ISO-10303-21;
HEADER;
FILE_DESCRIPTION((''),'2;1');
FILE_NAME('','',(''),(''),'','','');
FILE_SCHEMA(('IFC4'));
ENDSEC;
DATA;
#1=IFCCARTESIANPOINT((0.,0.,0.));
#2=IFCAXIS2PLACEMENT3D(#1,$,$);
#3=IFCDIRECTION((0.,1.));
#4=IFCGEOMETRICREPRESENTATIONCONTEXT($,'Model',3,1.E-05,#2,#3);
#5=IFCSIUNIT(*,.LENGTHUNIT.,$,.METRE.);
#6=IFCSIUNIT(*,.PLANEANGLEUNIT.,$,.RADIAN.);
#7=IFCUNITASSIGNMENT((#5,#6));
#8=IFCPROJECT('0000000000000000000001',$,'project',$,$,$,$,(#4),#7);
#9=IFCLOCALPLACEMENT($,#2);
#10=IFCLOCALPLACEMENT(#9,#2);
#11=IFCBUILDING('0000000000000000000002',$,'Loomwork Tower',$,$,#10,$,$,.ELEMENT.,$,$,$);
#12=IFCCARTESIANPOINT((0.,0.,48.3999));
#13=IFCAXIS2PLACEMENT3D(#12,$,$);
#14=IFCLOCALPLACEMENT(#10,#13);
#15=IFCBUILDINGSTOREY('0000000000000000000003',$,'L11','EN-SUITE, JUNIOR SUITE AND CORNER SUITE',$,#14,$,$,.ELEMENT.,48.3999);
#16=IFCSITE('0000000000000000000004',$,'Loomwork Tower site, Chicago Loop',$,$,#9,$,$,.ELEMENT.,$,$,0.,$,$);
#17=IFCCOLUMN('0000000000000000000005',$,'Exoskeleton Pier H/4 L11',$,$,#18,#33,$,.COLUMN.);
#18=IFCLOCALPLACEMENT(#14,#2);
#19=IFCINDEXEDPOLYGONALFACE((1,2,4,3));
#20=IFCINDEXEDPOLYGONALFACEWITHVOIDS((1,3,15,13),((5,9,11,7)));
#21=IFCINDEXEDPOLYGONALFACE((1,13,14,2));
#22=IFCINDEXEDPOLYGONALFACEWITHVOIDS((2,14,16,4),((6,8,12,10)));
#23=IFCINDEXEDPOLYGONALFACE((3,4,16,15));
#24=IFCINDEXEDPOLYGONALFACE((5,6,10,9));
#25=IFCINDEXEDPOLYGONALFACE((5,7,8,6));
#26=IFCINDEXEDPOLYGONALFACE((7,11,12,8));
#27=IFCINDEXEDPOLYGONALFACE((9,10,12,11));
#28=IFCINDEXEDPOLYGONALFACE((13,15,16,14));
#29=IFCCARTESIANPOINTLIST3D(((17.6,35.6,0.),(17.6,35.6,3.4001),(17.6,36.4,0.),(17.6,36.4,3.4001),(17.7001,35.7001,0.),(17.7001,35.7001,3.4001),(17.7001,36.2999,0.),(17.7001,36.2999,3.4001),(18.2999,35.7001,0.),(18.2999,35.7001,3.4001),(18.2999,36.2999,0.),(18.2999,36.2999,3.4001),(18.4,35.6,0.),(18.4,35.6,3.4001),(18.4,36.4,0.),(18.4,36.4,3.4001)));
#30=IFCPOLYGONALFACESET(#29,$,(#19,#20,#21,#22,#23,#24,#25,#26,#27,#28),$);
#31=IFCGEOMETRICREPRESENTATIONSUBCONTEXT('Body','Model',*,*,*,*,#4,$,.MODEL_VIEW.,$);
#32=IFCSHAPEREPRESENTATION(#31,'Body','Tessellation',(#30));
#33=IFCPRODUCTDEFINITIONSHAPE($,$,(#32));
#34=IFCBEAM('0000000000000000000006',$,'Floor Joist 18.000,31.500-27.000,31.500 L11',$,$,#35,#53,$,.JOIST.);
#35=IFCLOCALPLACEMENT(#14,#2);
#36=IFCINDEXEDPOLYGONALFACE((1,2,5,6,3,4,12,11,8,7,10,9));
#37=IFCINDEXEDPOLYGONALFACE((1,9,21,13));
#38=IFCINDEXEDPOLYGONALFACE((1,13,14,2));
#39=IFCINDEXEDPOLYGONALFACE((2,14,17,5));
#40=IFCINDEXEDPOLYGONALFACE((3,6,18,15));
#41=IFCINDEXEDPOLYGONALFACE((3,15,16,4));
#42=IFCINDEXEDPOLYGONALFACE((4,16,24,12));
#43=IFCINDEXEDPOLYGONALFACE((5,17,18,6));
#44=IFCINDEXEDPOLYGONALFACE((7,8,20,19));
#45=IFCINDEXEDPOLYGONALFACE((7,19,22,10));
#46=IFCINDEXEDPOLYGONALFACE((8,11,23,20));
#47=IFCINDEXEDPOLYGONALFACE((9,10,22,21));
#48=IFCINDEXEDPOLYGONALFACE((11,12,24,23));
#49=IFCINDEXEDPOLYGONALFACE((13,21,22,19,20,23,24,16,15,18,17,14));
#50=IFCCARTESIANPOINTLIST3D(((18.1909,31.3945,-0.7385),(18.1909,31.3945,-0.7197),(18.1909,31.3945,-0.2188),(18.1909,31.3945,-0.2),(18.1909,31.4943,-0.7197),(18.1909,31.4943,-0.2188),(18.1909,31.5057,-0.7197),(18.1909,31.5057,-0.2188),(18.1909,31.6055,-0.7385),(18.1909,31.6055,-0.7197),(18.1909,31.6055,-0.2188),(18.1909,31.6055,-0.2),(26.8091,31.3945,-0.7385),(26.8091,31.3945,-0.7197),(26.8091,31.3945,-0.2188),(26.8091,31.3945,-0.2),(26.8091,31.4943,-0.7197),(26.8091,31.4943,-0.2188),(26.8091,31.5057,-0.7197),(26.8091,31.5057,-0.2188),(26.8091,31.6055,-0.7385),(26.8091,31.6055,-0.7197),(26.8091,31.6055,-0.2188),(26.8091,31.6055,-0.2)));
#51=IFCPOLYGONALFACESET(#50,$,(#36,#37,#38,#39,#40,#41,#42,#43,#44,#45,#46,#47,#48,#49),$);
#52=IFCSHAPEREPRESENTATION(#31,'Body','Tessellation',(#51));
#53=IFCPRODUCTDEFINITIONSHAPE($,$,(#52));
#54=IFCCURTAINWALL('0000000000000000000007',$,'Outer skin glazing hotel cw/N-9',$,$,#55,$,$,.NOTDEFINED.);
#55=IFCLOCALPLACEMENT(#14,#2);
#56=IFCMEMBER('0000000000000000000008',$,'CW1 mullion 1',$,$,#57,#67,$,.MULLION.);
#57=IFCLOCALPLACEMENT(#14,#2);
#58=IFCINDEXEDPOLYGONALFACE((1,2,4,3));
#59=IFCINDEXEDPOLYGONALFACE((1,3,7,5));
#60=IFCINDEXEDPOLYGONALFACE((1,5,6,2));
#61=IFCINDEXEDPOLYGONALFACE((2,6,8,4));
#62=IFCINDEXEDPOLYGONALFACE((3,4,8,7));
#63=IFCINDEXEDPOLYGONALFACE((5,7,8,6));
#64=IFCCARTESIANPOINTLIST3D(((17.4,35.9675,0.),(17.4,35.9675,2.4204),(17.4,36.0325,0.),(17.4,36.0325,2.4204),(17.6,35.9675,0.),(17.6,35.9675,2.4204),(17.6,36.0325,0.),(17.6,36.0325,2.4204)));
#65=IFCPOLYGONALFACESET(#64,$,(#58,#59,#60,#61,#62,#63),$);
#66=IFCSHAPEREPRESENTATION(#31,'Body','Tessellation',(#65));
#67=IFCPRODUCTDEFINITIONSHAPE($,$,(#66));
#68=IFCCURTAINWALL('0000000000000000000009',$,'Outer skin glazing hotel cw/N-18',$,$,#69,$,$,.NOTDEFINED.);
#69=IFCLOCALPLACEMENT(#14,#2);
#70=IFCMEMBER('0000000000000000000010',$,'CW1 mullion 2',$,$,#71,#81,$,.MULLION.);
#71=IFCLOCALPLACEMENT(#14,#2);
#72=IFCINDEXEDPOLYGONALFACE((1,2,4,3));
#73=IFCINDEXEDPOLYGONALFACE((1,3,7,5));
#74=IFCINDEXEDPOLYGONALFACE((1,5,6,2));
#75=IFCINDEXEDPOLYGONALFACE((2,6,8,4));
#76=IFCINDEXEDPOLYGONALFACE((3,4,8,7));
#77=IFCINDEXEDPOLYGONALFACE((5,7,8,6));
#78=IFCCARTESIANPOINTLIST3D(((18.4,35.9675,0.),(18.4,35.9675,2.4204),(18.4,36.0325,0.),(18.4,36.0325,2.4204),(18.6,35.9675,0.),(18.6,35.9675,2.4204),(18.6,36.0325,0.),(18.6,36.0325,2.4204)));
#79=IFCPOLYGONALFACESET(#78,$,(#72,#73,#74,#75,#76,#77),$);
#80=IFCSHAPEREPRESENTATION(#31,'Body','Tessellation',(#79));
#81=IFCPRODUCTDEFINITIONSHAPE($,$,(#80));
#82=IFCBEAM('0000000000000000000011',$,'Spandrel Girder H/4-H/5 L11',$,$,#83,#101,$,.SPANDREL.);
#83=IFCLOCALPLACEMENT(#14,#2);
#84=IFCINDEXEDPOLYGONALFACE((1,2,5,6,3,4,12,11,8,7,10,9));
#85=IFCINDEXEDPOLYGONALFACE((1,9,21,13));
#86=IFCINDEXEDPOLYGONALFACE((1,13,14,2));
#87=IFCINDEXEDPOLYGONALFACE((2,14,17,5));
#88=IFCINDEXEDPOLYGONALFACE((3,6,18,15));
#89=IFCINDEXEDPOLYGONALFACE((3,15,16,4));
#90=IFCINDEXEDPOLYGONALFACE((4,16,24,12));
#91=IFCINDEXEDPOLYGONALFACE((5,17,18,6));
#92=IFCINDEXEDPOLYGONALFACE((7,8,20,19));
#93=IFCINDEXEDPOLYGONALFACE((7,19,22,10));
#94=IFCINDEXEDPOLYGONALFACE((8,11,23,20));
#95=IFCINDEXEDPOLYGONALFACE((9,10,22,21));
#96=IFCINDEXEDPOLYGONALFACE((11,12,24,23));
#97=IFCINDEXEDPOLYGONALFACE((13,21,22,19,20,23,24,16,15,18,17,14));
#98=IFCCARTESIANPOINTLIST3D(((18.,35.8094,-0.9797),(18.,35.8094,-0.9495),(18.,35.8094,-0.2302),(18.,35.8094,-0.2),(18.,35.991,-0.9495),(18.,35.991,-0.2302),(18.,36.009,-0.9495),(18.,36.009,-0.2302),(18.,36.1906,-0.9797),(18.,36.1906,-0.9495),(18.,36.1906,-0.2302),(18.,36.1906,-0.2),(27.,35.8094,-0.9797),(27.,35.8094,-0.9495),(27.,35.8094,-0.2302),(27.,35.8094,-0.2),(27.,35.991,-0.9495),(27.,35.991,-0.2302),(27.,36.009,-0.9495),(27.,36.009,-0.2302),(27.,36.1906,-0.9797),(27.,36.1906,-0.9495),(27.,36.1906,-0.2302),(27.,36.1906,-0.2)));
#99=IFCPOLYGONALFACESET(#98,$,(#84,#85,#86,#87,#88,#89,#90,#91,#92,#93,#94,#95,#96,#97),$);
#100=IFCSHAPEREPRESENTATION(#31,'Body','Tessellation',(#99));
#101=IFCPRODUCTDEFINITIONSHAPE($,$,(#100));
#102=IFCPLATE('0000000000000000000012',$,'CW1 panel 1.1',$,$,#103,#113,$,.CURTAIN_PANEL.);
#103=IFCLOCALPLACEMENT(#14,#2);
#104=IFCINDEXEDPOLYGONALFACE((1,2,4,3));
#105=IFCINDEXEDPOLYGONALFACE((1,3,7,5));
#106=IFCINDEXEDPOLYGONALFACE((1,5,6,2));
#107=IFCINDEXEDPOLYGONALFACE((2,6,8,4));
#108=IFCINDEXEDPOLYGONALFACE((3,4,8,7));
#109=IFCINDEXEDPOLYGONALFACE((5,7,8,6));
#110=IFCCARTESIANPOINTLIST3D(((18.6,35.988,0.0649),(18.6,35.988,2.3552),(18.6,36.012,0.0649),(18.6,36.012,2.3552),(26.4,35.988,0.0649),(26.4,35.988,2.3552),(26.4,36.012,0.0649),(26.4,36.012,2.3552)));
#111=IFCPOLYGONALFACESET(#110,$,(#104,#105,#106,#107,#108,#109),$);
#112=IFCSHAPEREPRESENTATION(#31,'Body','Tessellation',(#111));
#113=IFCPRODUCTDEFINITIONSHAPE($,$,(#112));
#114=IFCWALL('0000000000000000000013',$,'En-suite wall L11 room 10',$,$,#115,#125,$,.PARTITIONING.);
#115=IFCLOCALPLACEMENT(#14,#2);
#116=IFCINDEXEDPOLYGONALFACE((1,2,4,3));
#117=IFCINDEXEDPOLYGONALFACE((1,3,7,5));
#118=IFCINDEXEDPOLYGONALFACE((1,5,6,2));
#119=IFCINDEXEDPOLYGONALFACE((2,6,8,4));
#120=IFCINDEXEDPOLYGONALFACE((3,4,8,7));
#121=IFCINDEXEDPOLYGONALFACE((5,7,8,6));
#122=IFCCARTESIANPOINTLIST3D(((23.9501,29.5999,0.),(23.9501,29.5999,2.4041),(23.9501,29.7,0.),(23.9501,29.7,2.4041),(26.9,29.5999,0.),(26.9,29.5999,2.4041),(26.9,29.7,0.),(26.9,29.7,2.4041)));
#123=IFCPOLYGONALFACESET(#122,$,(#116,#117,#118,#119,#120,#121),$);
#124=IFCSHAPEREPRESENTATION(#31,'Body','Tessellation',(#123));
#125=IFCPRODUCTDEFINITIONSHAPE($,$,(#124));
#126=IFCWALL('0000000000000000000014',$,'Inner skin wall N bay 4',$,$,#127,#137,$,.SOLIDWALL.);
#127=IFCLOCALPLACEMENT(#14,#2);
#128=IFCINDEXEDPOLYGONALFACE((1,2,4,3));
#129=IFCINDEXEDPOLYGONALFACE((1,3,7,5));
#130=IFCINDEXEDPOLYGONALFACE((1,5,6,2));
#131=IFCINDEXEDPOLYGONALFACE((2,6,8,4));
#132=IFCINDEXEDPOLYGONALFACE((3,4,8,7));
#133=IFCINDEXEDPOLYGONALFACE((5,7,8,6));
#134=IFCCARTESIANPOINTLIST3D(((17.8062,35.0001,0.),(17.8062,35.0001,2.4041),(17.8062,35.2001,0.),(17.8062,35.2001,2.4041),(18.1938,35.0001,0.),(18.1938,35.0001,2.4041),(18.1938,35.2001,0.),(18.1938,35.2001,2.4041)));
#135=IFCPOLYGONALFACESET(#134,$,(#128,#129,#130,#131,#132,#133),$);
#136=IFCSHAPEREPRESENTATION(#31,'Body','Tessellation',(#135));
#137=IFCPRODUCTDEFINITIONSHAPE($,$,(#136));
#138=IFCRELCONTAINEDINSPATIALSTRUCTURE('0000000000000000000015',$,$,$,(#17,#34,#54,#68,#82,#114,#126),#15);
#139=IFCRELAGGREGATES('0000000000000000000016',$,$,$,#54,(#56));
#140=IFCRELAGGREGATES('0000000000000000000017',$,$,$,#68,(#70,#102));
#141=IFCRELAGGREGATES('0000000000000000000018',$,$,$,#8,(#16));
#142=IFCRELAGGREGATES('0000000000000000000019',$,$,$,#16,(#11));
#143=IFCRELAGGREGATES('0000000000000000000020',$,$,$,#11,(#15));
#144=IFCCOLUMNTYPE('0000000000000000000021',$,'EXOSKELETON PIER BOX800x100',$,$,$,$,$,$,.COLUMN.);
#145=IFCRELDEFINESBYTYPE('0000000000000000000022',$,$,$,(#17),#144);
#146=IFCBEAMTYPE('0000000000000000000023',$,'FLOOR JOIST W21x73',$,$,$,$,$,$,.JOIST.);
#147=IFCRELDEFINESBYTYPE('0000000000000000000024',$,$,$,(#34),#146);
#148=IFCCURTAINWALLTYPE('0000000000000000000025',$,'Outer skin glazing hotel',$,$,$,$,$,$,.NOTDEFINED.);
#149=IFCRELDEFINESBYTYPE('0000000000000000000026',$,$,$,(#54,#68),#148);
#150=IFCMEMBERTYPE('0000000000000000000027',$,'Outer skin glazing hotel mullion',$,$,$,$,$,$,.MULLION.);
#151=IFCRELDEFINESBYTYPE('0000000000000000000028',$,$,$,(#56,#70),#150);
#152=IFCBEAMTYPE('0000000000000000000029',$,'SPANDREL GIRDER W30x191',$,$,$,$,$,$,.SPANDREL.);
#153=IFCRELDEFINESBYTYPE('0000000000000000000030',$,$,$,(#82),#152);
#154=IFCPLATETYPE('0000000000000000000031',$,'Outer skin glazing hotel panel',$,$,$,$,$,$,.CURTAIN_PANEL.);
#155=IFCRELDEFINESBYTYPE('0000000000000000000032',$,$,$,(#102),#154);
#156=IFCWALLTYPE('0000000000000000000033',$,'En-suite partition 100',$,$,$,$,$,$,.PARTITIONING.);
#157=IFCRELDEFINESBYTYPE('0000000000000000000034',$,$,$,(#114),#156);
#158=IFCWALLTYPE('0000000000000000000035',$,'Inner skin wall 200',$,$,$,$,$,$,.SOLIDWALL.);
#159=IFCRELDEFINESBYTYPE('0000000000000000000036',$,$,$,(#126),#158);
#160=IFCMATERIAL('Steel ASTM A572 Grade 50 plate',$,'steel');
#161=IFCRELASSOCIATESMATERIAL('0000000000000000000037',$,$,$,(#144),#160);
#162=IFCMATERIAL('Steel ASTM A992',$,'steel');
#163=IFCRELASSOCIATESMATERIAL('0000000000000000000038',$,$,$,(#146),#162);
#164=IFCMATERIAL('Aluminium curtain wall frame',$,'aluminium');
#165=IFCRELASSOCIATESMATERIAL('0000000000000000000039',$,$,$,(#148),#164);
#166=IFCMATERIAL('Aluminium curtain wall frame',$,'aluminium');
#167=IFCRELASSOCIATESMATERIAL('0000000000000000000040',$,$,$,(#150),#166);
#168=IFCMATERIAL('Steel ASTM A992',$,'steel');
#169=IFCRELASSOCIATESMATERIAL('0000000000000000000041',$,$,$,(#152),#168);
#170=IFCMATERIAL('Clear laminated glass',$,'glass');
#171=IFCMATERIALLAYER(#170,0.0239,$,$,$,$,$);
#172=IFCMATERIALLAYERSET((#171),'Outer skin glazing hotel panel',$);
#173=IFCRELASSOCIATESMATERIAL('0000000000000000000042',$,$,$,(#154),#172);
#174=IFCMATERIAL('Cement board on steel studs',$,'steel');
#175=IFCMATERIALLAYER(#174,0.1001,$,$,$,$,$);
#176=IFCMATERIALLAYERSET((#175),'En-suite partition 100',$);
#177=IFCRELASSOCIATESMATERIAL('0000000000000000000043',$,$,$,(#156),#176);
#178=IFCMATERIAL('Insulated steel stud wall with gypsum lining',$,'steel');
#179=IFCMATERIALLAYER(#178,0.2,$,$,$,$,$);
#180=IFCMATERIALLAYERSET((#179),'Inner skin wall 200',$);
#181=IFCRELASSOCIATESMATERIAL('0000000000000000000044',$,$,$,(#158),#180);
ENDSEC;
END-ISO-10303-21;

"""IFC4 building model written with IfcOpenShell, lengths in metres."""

from ifc_helpers import new_model, si_unit, direction, frame, frame_2d, origin, origin_2d, place, context, subcontext, project, spatial, rectangle, hollow_rectangle, i_section, extrude, material, layer, layer_set, material_profile, profile_set, type_object, element, aggregate, save


model = new_model("IFC4")

# Units and contexts
model_context = context("Model", 3, precision=1e-05, world=origin(), true_north=direction((0.0, 1.0)))
body_context = subcontext(model_context, "Body", "Model", "MODEL_VIEW")
ifc_project = project(units=[si_unit("LENGTHUNIT", "METRE"), si_unit("PLANEANGLEUNIT", "RADIAN")], contexts=[model_context])

# Site, building, storey
site_placement = place(None, origin())
site = spatial("IfcSite", under=ifc_project, at=site_placement, Name="Loomwork Tower site, Chicago Loop", CompositionType="ELEMENT", RefElevation=0.0)
building_placement = place(site_placement, origin())
building = spatial("IfcBuilding", under=site, at=building_placement, Name="Loomwork Tower", CompositionType="ELEMENT")
storey_placement = place(building_placement, frame((0.0, 0.0, 48.3999)))
storey = spatial("IfcBuildingStorey", under=building, at=storey_placement, Name="L11", Description="EN-SUITE, JUNIOR SUITE AND CORNER SUITE", CompositionType="ELEMENT", Elevation=48.3999)

# Column
ifc_material_1 = material(Name="Steel ASTM A572 Grade 50 plate", Category="steel")
ifc_material_profile_1 = material_profile(ifc_material_1, hollow_rectangle(XDim=0.8, YDim=0.8, WallThickness=0.1001, at=origin_2d()), Name="BOX800x100")
ifc_profile_set_1 = profile_set([ifc_material_profile_1], Name="Steel ASTM A572 Grade 50 plate")
column_type = type_object("IfcColumnType", Name="EXOSKELETON PIER BOX800x100", PredefinedType="COLUMN", material=ifc_profile_set_1)
column_placement = place(storey_placement, frame((18.0, 36.0, 0.0), z_axis=(0.0, 0.0, 1.0), x_axis=(1.0, 0.0, 0.0)))
element("IfcColumn", 1, at=column_placement, inside=storey, type_object=column_type, Name="Exoskeleton Pier H/4 L11", PredefinedType="COLUMN", context=body_context, shape_type="SweptSolid", body=[
    extrude(hollow_rectangle(XDim=0.8, YDim=0.8, WallThickness=0.1001, at=origin_2d()), origin(), (0.0, 0.0, 1.0), 3.4001),
])

# Beam
ifc_material_2 = material(Name="Steel ASTM A992", Category="steel")
ifc_material_profile_2 = material_profile(ifc_material_2, i_section(OverallWidth=0.2109, OverallDepth=0.5386, WebThickness=0.0115, FlangeThickness=0.0188, at=origin_2d()), Name="W21x73")
ifc_profile_set_2 = profile_set([ifc_material_profile_2], Name="Steel ASTM A992")
beam_type_1 = type_object("IfcBeamType", Name="FLOOR JOIST W21x73", PredefinedType="JOIST", material=ifc_profile_set_2)
beam_1_placement = place(storey_placement, frame((18.1909, 31.5, -0.4692), z_axis=(1.0, 0.0, 0.0), x_axis=(0.0, 1.0, 0.0)))
element("IfcBeam", 2, at=beam_1_placement, inside=storey, type_object=beam_type_1, Name="Floor Joist 18.000,31.500-27.000,31.500 L11", PredefinedType="JOIST", context=body_context, shape_type="SweptSolid", body=[
    extrude(i_section(OverallWidth=0.2109, OverallDepth=0.5386, WebThickness=0.0115, FlangeThickness=0.0188, at=origin_2d()), origin(), (0.0, 0.0, 1.0), 8.6182),
])

# Curtain walls, members
ifc_material_3 = material(Name="Aluminium curtain wall frame", Category="aluminium")
curtain_wall_type = type_object("IfcCurtainWallType", Name="Outer skin glazing hotel", PredefinedType="NOTDEFINED", material=ifc_material_3)
curtain_wall_1_placement = place(storey_placement, origin())
curtain_wall_1 = element("IfcCurtainWall", 3, at=curtain_wall_1_placement, inside=storey, type_object=curtain_wall_type, Name="Outer skin glazing hotel cw/N-9", PredefinedType="NOTDEFINED")
ifc_material_4 = material(Name="Aluminium curtain wall frame", Category="aluminium")
ifc_material_profile_3 = material_profile(ifc_material_4, rectangle(XDim=0.0649, YDim=0.2, at=origin_2d()), Name="AL 65x200")
ifc_profile_set_3 = profile_set([ifc_material_profile_3], Name="Aluminium curtain wall frame")
member_type = type_object("IfcMemberType", Name="Outer skin glazing hotel mullion", PredefinedType="MULLION", material=ifc_profile_set_3)
member_1_placement = place(storey_placement, frame((17.5, 36.0, 0.0), z_axis=(0.0, 0.0, 1.0), x_axis=(0.0, -1.0, 0.0)))
member_1 = element("IfcMember", 4, at=member_1_placement, type_object=member_type, Name="CW1 mullion 1", PredefinedType="MULLION", context=body_context, shape_type="SweptSolid", body=[
    extrude(rectangle(XDim=0.0649, YDim=0.2, at=origin_2d()), origin(), (0.0, 0.0, 1.0), 2.4204),
])
aggregate(curtain_wall_1, [member_1])
curtain_wall_2_placement = place(storey_placement, origin())
curtain_wall_2 = element("IfcCurtainWall", 5, at=curtain_wall_2_placement, inside=storey, type_object=curtain_wall_type, Name="Outer skin glazing hotel cw/N-18", PredefinedType="NOTDEFINED")
member_2_placement = place(storey_placement, frame((18.5, 36.0, 0.0), z_axis=(0.0, 0.0, 1.0), x_axis=(0.0, -1.0, 0.0)))
member_2 = element("IfcMember", 6, at=member_2_placement, type_object=member_type, Name="CW1 mullion 2", PredefinedType="MULLION", context=body_context, shape_type="SweptSolid", body=[
    extrude(rectangle(XDim=0.0649, YDim=0.2, at=origin_2d()), origin(), (0.0, 0.0, 1.0), 2.4204),
])

# Beam
ifc_material_5 = material(Name="Steel ASTM A992", Category="steel")
ifc_material_profile_4 = material_profile(ifc_material_5, i_section(OverallWidth=0.3811, OverallDepth=0.7798, WebThickness=0.0181, FlangeThickness=0.0303, at=origin_2d()), Name="W30x191")
ifc_profile_set_4 = profile_set([ifc_material_profile_4], Name="Steel ASTM A992")
beam_type_2 = type_object("IfcBeamType", Name="SPANDREL GIRDER W30x191", PredefinedType="SPANDREL", material=ifc_profile_set_4)
beam_2_placement = place(storey_placement, frame((18.0, 36.0, -0.5898), z_axis=(1.0, 0.0, 0.0), x_axis=(0.0, 1.0, 0.0)))
element("IfcBeam", 7, at=beam_2_placement, inside=storey, type_object=beam_type_2, Name="Spandrel Girder H/4-H/5 L11", PredefinedType="SPANDREL", context=body_context, shape_type="SweptSolid", body=[
    extrude(i_section(OverallWidth=0.3811, OverallDepth=0.7798, WebThickness=0.0181, FlangeThickness=0.0303, at=origin_2d()), origin(), (0.0, 0.0, 1.0), 9.0),
])

# Plate
ifc_material_6 = material(Name="Clear laminated glass", Category="glass")
ifc_layer_1 = layer(ifc_material_6, 0.0239)
ifc_layer_set_1 = layer_set([ifc_layer_1], Name="Outer skin glazing hotel panel")
plate_type = type_object("IfcPlateType", Name="Outer skin glazing hotel panel", PredefinedType="CURTAIN_PANEL", material=ifc_layer_set_1)
plate_placement = place(storey_placement, frame((22.5, 36.0, 0.0649), z_axis=(0.0, 0.0, 1.0), x_axis=(-1.0, 0.0, 0.0)))
plate = element("IfcPlate", 8, at=plate_placement, type_object=plate_type, Name="CW1 panel 1.1", PredefinedType="CURTAIN_PANEL", context=body_context, shape_type="SweptSolid", body=[
    extrude(rectangle(XDim=7.8, YDim=0.0239, at=origin_2d()), origin(), (0.0, 0.0, 1.0), 2.2903),
])
aggregate(curtain_wall_2, [member_2, plate])

# Walls
ifc_material_7 = material(Name="Cement board on steel studs", Category="steel")
ifc_layer_2 = layer(ifc_material_7, 0.1001)
ifc_layer_set_2 = layer_set([ifc_layer_2], Name="En-suite partition 100")
wall_type_1 = type_object("IfcWallType", Name="En-suite partition 100", PredefinedType="PARTITIONING", material=ifc_layer_set_2)
wall_1_placement = place(storey_placement, frame((23.95, 29.6499, 0.0), z_axis=(0.0, 0.0, 1.0), x_axis=(1.0, 0.0, 0.0)))
element("IfcWall", 9, at=wall_1_placement, inside=storey, type_object=wall_type_1, Name="En-suite wall L11 room 10", PredefinedType="PARTITIONING", context=body_context, shape_type="SweptSolid", body=[
    extrude(rectangle(XDim=2.95, YDim=0.1001, at=frame_2d((1.4751, 0.0))), origin(), (0.0, 0.0, 1.0), 2.4041),
])
ifc_material_8 = material(Name="Insulated steel stud wall with gypsum lining", Category="steel")
ifc_layer_3 = layer(ifc_material_8, 0.2)
ifc_layer_set_3 = layer_set([ifc_layer_3], Name="Inner skin wall 200")
wall_type_2 = type_object("IfcWallType", Name="Inner skin wall 200", PredefinedType="SOLIDWALL", material=ifc_layer_set_3)
wall_2_placement = place(storey_placement, frame((17.8062, 35.1001, 0.0), z_axis=(0.0, 0.0, 1.0), x_axis=(1.0, 0.0, 0.0)))
element("IfcWall", 10, at=wall_2_placement, inside=storey, type_object=wall_type_2, Name="Inner skin wall N bay 4", PredefinedType="SOLIDWALL", context=body_context, shape_type="SweptSolid", body=[
    extrude(rectangle(XDim=0.3877, YDim=0.2, at=frame_2d((0.1938, 0.0))), origin(), (0.0, 0.0, 1.0), 2.4041),
])

save(model, "model.ifc")
